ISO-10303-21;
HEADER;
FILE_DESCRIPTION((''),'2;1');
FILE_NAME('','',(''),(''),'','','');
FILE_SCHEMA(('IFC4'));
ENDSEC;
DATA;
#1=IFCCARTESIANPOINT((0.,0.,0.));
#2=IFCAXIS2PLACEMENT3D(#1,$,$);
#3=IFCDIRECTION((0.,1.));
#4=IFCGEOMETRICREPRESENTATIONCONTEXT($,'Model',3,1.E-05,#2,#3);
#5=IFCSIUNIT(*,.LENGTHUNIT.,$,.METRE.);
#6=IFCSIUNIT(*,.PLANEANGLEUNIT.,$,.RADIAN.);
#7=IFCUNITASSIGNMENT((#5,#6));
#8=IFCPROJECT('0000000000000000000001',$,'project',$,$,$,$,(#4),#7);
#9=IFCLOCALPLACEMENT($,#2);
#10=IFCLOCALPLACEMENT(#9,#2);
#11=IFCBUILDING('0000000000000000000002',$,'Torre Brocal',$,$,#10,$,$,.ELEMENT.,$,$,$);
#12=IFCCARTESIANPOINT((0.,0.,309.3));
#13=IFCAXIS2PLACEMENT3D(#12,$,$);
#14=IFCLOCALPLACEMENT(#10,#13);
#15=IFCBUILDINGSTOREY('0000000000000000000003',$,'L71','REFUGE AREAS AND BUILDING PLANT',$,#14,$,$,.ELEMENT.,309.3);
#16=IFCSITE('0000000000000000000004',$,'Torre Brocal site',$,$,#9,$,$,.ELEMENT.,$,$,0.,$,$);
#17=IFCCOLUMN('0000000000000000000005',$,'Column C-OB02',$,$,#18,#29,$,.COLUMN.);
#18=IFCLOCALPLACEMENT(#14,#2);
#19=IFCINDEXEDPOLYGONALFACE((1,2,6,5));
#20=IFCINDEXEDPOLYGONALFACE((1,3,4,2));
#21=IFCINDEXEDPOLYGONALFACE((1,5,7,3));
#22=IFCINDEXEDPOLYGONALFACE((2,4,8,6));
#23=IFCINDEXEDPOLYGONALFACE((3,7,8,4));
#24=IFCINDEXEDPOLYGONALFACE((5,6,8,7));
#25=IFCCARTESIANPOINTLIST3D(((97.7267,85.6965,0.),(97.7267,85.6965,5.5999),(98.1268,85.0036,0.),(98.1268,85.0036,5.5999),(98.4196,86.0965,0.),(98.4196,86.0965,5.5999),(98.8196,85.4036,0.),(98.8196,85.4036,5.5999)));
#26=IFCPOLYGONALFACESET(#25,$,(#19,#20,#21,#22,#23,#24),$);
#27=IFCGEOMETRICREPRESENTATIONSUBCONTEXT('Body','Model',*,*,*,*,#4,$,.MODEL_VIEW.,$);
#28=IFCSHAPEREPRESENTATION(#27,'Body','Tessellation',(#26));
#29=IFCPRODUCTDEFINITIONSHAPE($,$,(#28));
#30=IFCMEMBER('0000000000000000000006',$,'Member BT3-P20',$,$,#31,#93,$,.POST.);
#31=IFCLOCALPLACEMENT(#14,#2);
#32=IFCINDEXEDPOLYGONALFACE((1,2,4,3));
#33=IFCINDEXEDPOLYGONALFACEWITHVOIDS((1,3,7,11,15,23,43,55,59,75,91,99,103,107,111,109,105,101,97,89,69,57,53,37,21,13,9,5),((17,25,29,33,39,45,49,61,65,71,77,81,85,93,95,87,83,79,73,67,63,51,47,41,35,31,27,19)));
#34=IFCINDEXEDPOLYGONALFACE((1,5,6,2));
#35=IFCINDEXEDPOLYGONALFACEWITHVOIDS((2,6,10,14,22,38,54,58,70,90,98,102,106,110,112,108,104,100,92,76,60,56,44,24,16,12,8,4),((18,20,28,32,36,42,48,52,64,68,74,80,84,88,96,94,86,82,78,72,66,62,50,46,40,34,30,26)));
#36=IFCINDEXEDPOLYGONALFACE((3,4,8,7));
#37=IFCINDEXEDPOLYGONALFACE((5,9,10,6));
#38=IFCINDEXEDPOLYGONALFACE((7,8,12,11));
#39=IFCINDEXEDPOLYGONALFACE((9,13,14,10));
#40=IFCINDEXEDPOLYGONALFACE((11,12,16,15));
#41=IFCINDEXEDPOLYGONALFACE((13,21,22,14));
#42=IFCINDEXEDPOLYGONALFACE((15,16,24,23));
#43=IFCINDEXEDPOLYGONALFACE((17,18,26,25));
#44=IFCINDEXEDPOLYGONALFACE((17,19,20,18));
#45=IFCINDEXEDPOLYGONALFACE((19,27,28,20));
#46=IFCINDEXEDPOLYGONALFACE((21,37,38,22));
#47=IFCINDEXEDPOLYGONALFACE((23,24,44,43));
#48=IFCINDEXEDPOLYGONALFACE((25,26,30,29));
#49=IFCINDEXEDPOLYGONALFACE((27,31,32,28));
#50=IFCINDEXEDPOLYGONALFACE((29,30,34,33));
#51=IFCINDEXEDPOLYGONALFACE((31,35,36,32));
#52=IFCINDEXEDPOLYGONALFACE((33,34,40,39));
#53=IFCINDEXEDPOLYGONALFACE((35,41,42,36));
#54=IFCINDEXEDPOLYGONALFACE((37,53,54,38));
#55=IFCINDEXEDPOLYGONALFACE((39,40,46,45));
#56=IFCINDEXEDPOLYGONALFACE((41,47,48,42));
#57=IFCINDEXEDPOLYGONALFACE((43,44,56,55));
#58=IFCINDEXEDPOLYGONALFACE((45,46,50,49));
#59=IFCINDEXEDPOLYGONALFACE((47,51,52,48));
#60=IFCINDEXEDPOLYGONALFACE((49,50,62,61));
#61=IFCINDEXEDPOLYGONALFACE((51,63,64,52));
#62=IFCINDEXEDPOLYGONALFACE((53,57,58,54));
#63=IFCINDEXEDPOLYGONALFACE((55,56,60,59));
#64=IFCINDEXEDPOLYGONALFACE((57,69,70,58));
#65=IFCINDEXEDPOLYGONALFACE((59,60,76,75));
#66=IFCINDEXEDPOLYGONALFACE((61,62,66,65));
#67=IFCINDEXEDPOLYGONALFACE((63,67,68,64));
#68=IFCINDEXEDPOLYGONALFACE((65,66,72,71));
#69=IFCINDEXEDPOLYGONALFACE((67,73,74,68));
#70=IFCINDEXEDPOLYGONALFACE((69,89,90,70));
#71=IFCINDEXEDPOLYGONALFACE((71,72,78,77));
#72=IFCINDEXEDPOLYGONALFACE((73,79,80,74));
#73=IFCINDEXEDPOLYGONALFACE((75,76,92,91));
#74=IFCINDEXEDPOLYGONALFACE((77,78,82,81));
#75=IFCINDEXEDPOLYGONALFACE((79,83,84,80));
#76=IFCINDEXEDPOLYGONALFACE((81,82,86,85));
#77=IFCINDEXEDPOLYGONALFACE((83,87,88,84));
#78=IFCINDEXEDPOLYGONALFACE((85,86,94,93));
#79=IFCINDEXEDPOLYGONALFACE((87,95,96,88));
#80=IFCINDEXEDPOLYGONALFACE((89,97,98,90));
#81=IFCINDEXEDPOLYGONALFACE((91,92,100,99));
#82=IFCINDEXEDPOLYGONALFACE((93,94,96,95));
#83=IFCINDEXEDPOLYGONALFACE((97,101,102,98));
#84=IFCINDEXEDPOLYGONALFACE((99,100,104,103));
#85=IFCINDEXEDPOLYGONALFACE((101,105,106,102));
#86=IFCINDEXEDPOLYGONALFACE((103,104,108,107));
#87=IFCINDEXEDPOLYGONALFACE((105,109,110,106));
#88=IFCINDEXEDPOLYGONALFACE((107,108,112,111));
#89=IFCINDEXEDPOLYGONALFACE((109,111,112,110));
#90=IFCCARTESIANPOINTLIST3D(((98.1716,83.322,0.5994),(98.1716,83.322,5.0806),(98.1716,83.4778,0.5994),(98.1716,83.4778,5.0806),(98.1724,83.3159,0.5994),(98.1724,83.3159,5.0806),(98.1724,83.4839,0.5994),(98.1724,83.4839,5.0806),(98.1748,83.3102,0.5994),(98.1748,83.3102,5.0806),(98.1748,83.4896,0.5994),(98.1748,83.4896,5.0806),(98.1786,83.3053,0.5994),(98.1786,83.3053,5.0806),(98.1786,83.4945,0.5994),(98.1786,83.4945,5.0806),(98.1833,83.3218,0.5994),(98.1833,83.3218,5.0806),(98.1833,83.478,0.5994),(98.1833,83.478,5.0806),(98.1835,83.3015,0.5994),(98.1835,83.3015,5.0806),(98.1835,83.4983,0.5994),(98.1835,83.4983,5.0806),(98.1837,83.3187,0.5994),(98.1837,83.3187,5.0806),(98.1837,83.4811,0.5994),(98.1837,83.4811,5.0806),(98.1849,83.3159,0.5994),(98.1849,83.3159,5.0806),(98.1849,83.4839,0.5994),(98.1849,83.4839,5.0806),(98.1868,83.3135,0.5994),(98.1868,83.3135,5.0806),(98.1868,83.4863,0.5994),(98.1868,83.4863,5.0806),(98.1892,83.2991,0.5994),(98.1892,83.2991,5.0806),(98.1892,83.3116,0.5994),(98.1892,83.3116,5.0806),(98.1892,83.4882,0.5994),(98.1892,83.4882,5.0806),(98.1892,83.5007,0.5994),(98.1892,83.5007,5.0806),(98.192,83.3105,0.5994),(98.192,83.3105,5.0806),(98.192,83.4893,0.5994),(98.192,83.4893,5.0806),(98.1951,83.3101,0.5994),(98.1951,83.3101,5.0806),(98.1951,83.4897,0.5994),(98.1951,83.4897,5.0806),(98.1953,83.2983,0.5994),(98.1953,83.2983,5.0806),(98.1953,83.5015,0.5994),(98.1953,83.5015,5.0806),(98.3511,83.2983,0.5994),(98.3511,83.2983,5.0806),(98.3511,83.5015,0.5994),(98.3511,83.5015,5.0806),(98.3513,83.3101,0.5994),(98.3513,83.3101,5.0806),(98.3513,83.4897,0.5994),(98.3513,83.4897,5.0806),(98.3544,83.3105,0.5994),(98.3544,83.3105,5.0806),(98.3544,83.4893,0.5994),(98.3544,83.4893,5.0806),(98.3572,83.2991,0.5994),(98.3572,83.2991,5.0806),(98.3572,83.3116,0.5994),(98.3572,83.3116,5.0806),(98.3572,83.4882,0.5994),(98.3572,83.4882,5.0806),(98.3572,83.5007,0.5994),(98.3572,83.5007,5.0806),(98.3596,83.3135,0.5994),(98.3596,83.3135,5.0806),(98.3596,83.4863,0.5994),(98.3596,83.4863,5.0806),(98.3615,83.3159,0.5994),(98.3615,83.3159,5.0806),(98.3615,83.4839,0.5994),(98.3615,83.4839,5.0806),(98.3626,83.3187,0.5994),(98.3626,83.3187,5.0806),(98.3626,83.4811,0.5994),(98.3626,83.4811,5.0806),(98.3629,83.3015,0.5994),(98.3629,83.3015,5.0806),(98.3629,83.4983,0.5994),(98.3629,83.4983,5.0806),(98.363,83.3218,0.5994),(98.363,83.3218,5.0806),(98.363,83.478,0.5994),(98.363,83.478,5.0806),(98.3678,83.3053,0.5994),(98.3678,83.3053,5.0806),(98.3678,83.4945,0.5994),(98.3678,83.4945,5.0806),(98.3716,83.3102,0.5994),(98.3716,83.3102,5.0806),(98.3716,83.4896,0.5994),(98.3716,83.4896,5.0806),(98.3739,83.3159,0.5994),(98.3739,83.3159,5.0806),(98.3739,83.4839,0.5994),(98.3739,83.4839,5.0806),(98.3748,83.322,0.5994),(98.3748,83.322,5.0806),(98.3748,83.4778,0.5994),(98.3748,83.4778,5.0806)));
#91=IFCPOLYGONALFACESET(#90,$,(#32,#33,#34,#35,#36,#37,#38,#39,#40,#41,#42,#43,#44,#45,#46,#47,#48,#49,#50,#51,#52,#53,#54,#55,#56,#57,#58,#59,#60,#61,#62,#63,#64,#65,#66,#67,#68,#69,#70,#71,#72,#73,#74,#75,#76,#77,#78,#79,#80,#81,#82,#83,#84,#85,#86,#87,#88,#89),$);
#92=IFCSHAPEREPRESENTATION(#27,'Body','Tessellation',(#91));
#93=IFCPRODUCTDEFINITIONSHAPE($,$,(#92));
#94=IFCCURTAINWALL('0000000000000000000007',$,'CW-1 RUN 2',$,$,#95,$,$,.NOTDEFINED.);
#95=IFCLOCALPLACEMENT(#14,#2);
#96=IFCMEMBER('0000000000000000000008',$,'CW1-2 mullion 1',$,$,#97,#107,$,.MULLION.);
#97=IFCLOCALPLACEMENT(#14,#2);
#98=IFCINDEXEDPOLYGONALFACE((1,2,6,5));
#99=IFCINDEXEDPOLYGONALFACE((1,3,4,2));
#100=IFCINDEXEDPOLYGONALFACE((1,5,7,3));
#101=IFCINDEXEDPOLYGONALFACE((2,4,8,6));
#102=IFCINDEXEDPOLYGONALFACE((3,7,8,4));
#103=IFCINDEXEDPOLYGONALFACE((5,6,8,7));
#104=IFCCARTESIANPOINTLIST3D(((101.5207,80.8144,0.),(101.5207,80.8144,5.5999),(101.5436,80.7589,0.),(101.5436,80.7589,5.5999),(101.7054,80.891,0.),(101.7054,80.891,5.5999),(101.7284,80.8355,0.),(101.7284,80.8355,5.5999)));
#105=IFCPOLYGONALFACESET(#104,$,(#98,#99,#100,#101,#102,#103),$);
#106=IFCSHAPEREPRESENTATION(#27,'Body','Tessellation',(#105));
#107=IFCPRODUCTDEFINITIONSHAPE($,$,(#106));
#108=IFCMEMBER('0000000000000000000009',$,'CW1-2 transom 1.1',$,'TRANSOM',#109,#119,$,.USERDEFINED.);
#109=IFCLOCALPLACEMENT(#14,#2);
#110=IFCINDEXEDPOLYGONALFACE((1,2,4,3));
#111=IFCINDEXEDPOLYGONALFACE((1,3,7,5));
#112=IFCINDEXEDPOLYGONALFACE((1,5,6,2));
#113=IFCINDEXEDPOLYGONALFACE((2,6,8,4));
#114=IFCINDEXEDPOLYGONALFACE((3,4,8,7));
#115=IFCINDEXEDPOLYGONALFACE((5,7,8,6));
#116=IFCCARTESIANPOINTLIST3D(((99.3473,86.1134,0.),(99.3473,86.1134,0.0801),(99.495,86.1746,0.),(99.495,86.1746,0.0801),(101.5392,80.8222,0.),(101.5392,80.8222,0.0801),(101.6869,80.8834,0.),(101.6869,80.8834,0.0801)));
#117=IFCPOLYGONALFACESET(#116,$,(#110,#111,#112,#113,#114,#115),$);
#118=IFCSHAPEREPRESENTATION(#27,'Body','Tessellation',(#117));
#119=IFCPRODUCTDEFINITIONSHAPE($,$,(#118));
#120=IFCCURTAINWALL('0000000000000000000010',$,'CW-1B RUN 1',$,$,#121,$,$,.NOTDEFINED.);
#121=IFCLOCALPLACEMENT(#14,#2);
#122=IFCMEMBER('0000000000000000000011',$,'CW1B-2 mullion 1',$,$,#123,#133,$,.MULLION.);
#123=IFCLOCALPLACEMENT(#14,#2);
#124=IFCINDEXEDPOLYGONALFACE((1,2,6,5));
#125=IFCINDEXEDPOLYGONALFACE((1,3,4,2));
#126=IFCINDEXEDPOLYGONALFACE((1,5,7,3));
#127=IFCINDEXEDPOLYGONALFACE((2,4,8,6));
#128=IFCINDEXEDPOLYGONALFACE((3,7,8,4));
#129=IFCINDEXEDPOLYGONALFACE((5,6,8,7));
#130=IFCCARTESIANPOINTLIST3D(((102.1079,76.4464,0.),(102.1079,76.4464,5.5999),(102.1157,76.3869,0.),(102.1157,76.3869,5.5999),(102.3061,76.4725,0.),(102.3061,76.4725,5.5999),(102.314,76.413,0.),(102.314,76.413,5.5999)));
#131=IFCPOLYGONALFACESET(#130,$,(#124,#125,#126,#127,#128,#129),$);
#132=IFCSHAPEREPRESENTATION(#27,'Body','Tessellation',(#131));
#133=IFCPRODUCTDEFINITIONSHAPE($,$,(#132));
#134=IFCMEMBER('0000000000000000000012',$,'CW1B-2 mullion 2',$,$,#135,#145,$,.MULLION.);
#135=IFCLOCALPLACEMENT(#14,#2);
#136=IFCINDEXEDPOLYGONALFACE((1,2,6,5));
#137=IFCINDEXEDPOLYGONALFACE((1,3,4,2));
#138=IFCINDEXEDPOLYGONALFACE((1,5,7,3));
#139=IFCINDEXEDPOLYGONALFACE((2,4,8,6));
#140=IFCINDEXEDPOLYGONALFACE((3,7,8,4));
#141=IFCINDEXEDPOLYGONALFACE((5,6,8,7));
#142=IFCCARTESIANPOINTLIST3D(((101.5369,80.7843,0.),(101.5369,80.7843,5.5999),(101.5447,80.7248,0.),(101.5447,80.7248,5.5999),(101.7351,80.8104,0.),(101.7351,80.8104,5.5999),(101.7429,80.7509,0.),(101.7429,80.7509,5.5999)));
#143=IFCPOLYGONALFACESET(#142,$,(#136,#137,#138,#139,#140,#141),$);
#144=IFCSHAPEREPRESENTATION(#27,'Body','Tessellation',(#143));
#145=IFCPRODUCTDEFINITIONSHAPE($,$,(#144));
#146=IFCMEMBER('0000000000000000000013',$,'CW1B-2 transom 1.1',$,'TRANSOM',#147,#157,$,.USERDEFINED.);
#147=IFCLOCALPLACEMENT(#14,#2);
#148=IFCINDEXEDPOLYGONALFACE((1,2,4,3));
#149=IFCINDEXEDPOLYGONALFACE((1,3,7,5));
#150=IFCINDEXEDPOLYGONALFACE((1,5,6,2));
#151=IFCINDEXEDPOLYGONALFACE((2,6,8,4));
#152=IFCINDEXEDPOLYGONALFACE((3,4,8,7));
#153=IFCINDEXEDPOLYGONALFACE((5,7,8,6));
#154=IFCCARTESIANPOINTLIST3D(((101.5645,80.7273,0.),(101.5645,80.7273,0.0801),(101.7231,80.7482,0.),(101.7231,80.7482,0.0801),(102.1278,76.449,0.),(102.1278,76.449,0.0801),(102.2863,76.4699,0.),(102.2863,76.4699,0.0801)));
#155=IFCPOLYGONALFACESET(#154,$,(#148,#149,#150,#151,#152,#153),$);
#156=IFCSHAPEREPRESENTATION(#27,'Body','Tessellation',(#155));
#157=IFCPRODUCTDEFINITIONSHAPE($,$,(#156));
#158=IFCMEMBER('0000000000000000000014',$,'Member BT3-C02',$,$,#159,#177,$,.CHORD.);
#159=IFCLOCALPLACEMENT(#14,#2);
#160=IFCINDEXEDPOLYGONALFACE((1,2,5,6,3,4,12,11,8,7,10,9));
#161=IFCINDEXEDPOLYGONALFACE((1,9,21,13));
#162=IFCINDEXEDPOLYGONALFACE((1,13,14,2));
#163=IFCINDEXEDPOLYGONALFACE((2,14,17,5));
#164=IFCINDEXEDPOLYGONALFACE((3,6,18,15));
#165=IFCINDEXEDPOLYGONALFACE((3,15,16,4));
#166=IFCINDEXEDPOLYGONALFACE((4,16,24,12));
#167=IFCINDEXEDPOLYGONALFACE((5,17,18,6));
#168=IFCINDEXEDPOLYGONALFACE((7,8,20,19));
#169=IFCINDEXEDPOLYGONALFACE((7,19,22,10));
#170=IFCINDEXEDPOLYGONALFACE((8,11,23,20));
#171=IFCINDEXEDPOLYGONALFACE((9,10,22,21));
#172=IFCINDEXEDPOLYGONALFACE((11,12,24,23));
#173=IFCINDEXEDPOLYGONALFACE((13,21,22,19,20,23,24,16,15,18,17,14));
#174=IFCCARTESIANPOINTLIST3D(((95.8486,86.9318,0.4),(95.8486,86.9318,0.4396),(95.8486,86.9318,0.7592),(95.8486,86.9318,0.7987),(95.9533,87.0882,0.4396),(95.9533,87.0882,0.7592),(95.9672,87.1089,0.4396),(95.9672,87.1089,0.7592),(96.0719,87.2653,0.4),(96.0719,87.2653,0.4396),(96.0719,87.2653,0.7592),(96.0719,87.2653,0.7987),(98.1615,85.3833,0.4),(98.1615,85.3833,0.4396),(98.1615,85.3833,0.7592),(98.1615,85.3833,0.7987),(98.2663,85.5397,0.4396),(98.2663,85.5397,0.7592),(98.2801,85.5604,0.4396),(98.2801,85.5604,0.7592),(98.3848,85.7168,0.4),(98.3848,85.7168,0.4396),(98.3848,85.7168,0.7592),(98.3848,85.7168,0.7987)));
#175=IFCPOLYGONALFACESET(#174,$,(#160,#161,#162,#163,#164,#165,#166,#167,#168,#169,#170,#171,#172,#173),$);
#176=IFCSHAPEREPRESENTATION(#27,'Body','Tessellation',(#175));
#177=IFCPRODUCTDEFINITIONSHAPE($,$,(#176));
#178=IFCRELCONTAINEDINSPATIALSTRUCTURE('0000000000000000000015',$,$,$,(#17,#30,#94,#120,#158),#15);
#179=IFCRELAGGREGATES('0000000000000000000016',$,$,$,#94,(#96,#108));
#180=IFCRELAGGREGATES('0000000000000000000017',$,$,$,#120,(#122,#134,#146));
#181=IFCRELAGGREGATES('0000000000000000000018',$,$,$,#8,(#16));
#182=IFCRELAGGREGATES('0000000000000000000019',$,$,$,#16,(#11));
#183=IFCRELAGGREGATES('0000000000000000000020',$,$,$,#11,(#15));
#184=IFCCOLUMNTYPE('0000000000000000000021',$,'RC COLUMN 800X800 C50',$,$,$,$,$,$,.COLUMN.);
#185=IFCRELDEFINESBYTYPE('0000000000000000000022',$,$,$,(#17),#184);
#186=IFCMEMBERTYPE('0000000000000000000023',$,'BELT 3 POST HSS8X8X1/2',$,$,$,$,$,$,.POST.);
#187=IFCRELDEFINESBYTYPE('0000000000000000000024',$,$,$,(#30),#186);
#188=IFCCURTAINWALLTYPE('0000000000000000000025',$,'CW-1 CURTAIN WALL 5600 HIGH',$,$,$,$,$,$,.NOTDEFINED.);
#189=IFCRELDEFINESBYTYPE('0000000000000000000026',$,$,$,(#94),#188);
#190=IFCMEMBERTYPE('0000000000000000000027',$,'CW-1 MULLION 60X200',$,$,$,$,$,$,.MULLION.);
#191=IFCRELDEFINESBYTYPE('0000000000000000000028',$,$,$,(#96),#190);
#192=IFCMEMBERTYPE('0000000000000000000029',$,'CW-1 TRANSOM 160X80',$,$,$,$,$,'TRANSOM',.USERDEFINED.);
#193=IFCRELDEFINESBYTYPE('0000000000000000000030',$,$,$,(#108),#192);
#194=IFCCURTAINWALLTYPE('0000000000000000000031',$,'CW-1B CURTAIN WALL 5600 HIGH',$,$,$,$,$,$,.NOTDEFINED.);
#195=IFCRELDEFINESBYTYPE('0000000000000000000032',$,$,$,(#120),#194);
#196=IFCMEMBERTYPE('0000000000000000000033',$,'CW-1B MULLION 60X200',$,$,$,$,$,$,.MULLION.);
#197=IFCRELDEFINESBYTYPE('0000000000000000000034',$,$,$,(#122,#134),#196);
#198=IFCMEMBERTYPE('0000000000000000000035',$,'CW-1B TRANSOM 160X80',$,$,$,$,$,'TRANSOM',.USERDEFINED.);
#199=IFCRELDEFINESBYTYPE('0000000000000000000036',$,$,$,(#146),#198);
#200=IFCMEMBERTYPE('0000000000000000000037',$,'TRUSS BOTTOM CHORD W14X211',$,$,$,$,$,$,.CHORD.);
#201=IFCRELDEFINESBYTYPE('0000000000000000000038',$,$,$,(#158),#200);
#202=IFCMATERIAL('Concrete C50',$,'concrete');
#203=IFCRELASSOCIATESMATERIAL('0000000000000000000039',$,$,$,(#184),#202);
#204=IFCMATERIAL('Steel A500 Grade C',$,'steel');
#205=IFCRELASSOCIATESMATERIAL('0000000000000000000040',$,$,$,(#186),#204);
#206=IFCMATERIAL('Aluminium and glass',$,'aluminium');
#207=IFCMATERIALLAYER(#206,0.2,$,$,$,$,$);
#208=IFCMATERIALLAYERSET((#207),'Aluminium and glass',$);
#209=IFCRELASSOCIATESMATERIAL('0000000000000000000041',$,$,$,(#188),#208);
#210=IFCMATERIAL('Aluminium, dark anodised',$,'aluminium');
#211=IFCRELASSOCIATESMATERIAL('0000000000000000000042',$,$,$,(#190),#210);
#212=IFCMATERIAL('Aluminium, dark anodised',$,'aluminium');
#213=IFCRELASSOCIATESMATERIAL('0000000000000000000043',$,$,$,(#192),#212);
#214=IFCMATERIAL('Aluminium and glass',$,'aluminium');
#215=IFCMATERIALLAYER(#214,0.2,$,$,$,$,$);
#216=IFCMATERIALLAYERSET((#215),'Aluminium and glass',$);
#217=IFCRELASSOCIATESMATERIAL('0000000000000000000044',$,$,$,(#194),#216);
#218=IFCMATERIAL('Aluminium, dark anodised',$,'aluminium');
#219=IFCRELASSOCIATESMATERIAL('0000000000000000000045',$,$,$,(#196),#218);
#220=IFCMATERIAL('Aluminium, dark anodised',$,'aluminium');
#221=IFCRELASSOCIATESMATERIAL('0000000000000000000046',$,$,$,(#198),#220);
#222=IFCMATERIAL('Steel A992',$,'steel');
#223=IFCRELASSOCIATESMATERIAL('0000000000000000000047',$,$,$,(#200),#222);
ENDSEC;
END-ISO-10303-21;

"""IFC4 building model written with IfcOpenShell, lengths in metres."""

from ifc_helpers import new_model, si_unit, direction, frame, origin, origin_2d, place, context, subcontext, project, spatial, rectangle, hollow_rectangle, i_section, extrude, material, layer, layer_set, material_profile, profile_set, type_object, element, aggregate, save


model = new_model("IFC4")

# Units and contexts
model_context = context("Model", 3, precision=1e-05, world=origin(), true_north=direction((0.0, 1.0)))
body_context = subcontext(model_context, "Body", "Model", "MODEL_VIEW")
ifc_project = project(units=[si_unit("LENGTHUNIT", "METRE"), si_unit("PLANEANGLEUNIT", "RADIAN")], contexts=[model_context])

# Site, building, storey
site_placement = place(None, origin())
site = spatial("IfcSite", under=ifc_project, at=site_placement, Name="Torre Brocal site", CompositionType="ELEMENT", RefElevation=0.0)
building_placement = place(site_placement, origin())
building = spatial("IfcBuilding", under=site, at=building_placement, Name="Torre Brocal", CompositionType="ELEMENT")
storey_placement = place(building_placement, frame((0.0, 0.0, 309.3)))
storey = spatial("IfcBuildingStorey", under=building, at=storey_placement, Name="L71", Description="REFUGE AREAS AND BUILDING PLANT", CompositionType="ELEMENT", Elevation=309.3)

# Column
ifc_material_1 = material(Name="Concrete C50", Category="concrete")
ifc_material_profile_1 = material_profile(ifc_material_1, rectangle(XDim=0.8, YDim=0.8, at=origin_2d()), Name="RC 800X800")
ifc_profile_set_1 = profile_set([ifc_material_profile_1], Name="Concrete C50")
column_type = type_object("IfcColumnType", Name="RC COLUMN 800X800 C50", PredefinedType="COLUMN", material=ifc_profile_set_1)
column_placement = place(storey_placement, frame((98.2732, 85.55, 0.0), z_axis=(0.0, 0.0, 1.0), x_axis=(0.866025, 0.5, 0.0)))
element("IfcColumn", 1, at=column_placement, inside=storey, type_object=column_type, Name="Column C-OB02", PredefinedType="COLUMN", context=body_context, shape_type="SweptSolid", body=[
    extrude(rectangle(XDim=0.8, YDim=0.8, at=origin_2d()), origin(), (0.0, 0.0, 1.0), 5.5999),
])

# Member
ifc_material_2 = material(Name="Steel A500 Grade C", Category="steel")
ifc_material_profile_2 = material_profile(ifc_material_2, hollow_rectangle(XDim=0.2031, YDim=0.2031, WallThickness=0.0117, InnerFilletRadius=0.0117, OuterFilletRadius=0.0237, at=origin_2d()), Name="HSS8X8X1/2")
ifc_profile_set_2 = profile_set([ifc_material_profile_2], Name="Steel A500 Grade C")
member_type_1 = type_object("IfcMemberType", Name="BELT 3 POST HSS8X8X1/2", PredefinedType="POST", material=ifc_profile_set_2)
member_1_placement = place(storey_placement, frame((98.2732, 83.3999, 0.5994), z_axis=(0.0, 0.0, 1.0), x_axis=(1.0, 0.0, 0.0)))
element("IfcMember", 2, at=member_1_placement, inside=storey, type_object=member_type_1, Name="Member BT3-P20", PredefinedType="POST", context=body_context, shape_type="SweptSolid", body=[
    extrude(hollow_rectangle(XDim=0.2031, YDim=0.2031, WallThickness=0.0117, InnerFilletRadius=0.0117, OuterFilletRadius=0.0237, at=origin_2d()), origin(), (0.0, 0.0, 1.0), 4.4812),
])

# Curtain walls, members
ifc_material_3 = material(Name="Aluminium and glass", Category="aluminium")
ifc_layer_1 = layer(ifc_material_3, 0.2)
ifc_layer_set_1 = layer_set([ifc_layer_1], Name="Aluminium and glass")
curtain_wall_type_1 = type_object("IfcCurtainWallType", Name="CW-1 CURTAIN WALL 5600 HIGH", PredefinedType="NOTDEFINED", material=ifc_layer_set_1)
curtain_wall_1_placement = place(storey_placement, origin())
curtain_wall_1 = element("IfcCurtainWall", 3, at=curtain_wall_1_placement, inside=storey, type_object=curtain_wall_type_1, Name="CW-1 RUN 2", PredefinedType="NOTDEFINED")
ifc_material_4 = material(Name="Aluminium, dark anodised", Category="aluminium")
ifc_material_profile_3 = material_profile(ifc_material_4, rectangle(XDim=0.2, YDim=0.0601, at=origin_2d()), Name="CW-1 MULLION 60X200")
ifc_profile_set_3 = profile_set([ifc_material_profile_3], Name="Aluminium, dark anodised")
member_type_2 = type_object("IfcMemberType", Name="CW-1 MULLION 60X200", PredefinedType="MULLION", material=ifc_profile_set_3)
member_2_placement = place(storey_placement, frame((101.6245, 80.825, 0.0), z_axis=(0.0, 0.0, 1.0), x_axis=(-0.92388, -0.382683, 0.0)))
member_2 = element("IfcMember", 4, at=member_2_placement, type_object=member_type_2, Name="CW1-2 mullion 1", PredefinedType="MULLION", context=body_context, shape_type="SweptSolid", body=[
    extrude(rectangle(XDim=0.2, YDim=0.0601, at=origin_2d()), origin(), (0.0, 0.0, 1.0), 5.5999),
])
ifc_material_5 = material(Name="Aluminium, dark anodised", Category="aluminium")
ifc_material_profile_4 = material_profile(ifc_material_5, rectangle(XDim=0.1599, YDim=0.0801, at=origin_2d()), Name="CW-1 TRANSOM 160X80")
ifc_profile_set_4 = profile_set([ifc_material_profile_4], Name="Aluminium, dark anodised")
member_type_3 = type_object("IfcMemberType", Name="CW-1 TRANSOM 160X80", ElementType="TRANSOM", PredefinedType="USERDEFINED", material=ifc_profile_set_4)
member_3_placement = place(storey_placement, frame((101.613, 80.8528, 0.04), z_axis=(-0.382711, 0.923868, 0.0), x_axis=(-0.923868, -0.382711, 0.0)))
member_3 = element("IfcMember", 5, at=member_3_placement, type_object=member_type_3, Name="CW1-2 transom 1.1", ObjectType="TRANSOM", PredefinedType="USERDEFINED", context=body_context, shape_type="SweptSolid", body=[
    extrude(rectangle(XDim=0.1599, YDim=0.0801, at=origin_2d()), origin(), (0.0, 0.0, 1.0), 5.7273),
])
ifc_material_6 = material(Name="Aluminium and glass", Category="aluminium")
ifc_layer_2 = layer(ifc_material_6, 0.2)
ifc_layer_set_2 = layer_set([ifc_layer_2], Name="Aluminium and glass")
curtain_wall_type_2 = type_object("IfcCurtainWallType", Name="CW-1B CURTAIN WALL 5600 HIGH", PredefinedType="NOTDEFINED", material=ifc_layer_set_2)
curtain_wall_2_placement = place(storey_placement, origin())
curtain_wall_2 = element("IfcCurtainWall", 6, at=curtain_wall_2_placement, inside=storey, type_object=curtain_wall_type_2, Name="CW-1B RUN 1", PredefinedType="NOTDEFINED")
ifc_material_7 = material(Name="Aluminium, dark anodised", Category="aluminium")
ifc_material_profile_5 = material_profile(ifc_material_7, rectangle(XDim=0.2, YDim=0.0601, at=origin_2d()), Name="CW-1B MULLION 60X200")
ifc_profile_set_5 = profile_set([ifc_material_profile_5], Name="Aluminium, dark anodised")
member_type_4 = type_object("IfcMemberType", Name="CW-1B MULLION 60X200", PredefinedType="MULLION", material=ifc_profile_set_5)
member_4_placement = place(storey_placement, frame((102.2109, 76.4297, 0.0), z_axis=(0.0, 0.0, 1.0), x_axis=(-0.991445, -0.130526, 0.0)))
member_4 = element("IfcMember", 7, at=member_4_placement, type_object=member_type_4, Name="CW1B-2 mullion 1", PredefinedType="MULLION", context=body_context, shape_type="SweptSolid", body=[
    extrude(rectangle(XDim=0.2, YDim=0.0601, at=origin_2d()), origin(), (0.0, 0.0, 1.0), 5.5999),
])
member_5_placement = place(storey_placement, frame((101.6399, 80.7676, 0.0), z_axis=(0.0, 0.0, 1.0), x_axis=(-0.991445, -0.130526, 0.0)))
member_5 = element("IfcMember", 8, at=member_5_placement, type_object=member_type_4, Name="CW1B-2 mullion 2", PredefinedType="MULLION", context=body_context, shape_type="SweptSolid", body=[
    extrude(rectangle(XDim=0.2, YDim=0.0601, at=origin_2d()), origin(), (0.0, 0.0, 1.0), 5.5999),
])
ifc_material_8 = material(Name="Aluminium, dark anodised", Category="aluminium")
ifc_material_profile_6 = material_profile(ifc_material_8, rectangle(XDim=0.1599, YDim=0.0801, at=origin_2d()), Name="CW-1B TRANSOM 160X80")
ifc_profile_set_6 = profile_set([ifc_material_profile_6], Name="Aluminium, dark anodised")
member_type_5 = type_object("IfcMemberType", Name="CW-1B TRANSOM 160X80", ElementType="TRANSOM", PredefinedType="USERDEFINED", material=ifc_profile_set_6)
member_6_placement = place(storey_placement, frame((102.207, 76.4595, 0.04), z_axis=(-0.130522, 0.991445, 0.0), x_axis=(-0.991445, -0.130522, 0.0)))
member_6 = element("IfcMember", 9, at=member_6_placement, type_object=member_type_5, Name="CW1B-2 transom 1.1", ObjectType="TRANSOM", PredefinedType="USERDEFINED", context=body_context, shape_type="SweptSolid", body=[
    extrude(rectangle(XDim=0.1599, YDim=0.0801, at=origin_2d()), origin(), (0.0, 0.0, 1.0), 4.3152),
])

# Member
ifc_material_9 = material(Name="Steel A992", Category="steel")
ifc_material_profile_7 = material_profile(ifc_material_9, i_section(OverallWidth=0.4014, OverallDepth=0.3987, WebThickness=0.0249, FlangeThickness=0.0396, at=origin_2d()), Name="W14X211")
ifc_profile_set_7 = profile_set([ifc_material_profile_7], Name="Steel A992")
member_type_6 = type_object("IfcMemberType", Name="TRUSS BOTTOM CHORD W14X211", PredefinedType="CHORD", material=ifc_profile_set_7)
member_7_placement = place(storey_placement, frame((98.2732, 85.55, 0.5994), z_axis=(-0.830956, 0.556339, 0.0), x_axis=(-0.556339, -0.830956, 0.0)))
element("IfcMember", 10, at=member_7_placement, inside=storey, type_object=member_type_6, Name="Member BT3-C02", PredefinedType="CHORD", context=body_context, shape_type="SweptSolid", body=[
    extrude(i_section(OverallWidth=0.4014, OverallDepth=0.3987, WebThickness=0.0249, FlangeThickness=0.0396, at=origin_2d()), origin(), (0.0, 0.0, 1.0), 2.7834),
])

aggregate(curtain_wall_1, [member_2, member_3])
aggregate(curtain_wall_2, [member_4, member_5, member_6])

save(model, "model.ifc")
